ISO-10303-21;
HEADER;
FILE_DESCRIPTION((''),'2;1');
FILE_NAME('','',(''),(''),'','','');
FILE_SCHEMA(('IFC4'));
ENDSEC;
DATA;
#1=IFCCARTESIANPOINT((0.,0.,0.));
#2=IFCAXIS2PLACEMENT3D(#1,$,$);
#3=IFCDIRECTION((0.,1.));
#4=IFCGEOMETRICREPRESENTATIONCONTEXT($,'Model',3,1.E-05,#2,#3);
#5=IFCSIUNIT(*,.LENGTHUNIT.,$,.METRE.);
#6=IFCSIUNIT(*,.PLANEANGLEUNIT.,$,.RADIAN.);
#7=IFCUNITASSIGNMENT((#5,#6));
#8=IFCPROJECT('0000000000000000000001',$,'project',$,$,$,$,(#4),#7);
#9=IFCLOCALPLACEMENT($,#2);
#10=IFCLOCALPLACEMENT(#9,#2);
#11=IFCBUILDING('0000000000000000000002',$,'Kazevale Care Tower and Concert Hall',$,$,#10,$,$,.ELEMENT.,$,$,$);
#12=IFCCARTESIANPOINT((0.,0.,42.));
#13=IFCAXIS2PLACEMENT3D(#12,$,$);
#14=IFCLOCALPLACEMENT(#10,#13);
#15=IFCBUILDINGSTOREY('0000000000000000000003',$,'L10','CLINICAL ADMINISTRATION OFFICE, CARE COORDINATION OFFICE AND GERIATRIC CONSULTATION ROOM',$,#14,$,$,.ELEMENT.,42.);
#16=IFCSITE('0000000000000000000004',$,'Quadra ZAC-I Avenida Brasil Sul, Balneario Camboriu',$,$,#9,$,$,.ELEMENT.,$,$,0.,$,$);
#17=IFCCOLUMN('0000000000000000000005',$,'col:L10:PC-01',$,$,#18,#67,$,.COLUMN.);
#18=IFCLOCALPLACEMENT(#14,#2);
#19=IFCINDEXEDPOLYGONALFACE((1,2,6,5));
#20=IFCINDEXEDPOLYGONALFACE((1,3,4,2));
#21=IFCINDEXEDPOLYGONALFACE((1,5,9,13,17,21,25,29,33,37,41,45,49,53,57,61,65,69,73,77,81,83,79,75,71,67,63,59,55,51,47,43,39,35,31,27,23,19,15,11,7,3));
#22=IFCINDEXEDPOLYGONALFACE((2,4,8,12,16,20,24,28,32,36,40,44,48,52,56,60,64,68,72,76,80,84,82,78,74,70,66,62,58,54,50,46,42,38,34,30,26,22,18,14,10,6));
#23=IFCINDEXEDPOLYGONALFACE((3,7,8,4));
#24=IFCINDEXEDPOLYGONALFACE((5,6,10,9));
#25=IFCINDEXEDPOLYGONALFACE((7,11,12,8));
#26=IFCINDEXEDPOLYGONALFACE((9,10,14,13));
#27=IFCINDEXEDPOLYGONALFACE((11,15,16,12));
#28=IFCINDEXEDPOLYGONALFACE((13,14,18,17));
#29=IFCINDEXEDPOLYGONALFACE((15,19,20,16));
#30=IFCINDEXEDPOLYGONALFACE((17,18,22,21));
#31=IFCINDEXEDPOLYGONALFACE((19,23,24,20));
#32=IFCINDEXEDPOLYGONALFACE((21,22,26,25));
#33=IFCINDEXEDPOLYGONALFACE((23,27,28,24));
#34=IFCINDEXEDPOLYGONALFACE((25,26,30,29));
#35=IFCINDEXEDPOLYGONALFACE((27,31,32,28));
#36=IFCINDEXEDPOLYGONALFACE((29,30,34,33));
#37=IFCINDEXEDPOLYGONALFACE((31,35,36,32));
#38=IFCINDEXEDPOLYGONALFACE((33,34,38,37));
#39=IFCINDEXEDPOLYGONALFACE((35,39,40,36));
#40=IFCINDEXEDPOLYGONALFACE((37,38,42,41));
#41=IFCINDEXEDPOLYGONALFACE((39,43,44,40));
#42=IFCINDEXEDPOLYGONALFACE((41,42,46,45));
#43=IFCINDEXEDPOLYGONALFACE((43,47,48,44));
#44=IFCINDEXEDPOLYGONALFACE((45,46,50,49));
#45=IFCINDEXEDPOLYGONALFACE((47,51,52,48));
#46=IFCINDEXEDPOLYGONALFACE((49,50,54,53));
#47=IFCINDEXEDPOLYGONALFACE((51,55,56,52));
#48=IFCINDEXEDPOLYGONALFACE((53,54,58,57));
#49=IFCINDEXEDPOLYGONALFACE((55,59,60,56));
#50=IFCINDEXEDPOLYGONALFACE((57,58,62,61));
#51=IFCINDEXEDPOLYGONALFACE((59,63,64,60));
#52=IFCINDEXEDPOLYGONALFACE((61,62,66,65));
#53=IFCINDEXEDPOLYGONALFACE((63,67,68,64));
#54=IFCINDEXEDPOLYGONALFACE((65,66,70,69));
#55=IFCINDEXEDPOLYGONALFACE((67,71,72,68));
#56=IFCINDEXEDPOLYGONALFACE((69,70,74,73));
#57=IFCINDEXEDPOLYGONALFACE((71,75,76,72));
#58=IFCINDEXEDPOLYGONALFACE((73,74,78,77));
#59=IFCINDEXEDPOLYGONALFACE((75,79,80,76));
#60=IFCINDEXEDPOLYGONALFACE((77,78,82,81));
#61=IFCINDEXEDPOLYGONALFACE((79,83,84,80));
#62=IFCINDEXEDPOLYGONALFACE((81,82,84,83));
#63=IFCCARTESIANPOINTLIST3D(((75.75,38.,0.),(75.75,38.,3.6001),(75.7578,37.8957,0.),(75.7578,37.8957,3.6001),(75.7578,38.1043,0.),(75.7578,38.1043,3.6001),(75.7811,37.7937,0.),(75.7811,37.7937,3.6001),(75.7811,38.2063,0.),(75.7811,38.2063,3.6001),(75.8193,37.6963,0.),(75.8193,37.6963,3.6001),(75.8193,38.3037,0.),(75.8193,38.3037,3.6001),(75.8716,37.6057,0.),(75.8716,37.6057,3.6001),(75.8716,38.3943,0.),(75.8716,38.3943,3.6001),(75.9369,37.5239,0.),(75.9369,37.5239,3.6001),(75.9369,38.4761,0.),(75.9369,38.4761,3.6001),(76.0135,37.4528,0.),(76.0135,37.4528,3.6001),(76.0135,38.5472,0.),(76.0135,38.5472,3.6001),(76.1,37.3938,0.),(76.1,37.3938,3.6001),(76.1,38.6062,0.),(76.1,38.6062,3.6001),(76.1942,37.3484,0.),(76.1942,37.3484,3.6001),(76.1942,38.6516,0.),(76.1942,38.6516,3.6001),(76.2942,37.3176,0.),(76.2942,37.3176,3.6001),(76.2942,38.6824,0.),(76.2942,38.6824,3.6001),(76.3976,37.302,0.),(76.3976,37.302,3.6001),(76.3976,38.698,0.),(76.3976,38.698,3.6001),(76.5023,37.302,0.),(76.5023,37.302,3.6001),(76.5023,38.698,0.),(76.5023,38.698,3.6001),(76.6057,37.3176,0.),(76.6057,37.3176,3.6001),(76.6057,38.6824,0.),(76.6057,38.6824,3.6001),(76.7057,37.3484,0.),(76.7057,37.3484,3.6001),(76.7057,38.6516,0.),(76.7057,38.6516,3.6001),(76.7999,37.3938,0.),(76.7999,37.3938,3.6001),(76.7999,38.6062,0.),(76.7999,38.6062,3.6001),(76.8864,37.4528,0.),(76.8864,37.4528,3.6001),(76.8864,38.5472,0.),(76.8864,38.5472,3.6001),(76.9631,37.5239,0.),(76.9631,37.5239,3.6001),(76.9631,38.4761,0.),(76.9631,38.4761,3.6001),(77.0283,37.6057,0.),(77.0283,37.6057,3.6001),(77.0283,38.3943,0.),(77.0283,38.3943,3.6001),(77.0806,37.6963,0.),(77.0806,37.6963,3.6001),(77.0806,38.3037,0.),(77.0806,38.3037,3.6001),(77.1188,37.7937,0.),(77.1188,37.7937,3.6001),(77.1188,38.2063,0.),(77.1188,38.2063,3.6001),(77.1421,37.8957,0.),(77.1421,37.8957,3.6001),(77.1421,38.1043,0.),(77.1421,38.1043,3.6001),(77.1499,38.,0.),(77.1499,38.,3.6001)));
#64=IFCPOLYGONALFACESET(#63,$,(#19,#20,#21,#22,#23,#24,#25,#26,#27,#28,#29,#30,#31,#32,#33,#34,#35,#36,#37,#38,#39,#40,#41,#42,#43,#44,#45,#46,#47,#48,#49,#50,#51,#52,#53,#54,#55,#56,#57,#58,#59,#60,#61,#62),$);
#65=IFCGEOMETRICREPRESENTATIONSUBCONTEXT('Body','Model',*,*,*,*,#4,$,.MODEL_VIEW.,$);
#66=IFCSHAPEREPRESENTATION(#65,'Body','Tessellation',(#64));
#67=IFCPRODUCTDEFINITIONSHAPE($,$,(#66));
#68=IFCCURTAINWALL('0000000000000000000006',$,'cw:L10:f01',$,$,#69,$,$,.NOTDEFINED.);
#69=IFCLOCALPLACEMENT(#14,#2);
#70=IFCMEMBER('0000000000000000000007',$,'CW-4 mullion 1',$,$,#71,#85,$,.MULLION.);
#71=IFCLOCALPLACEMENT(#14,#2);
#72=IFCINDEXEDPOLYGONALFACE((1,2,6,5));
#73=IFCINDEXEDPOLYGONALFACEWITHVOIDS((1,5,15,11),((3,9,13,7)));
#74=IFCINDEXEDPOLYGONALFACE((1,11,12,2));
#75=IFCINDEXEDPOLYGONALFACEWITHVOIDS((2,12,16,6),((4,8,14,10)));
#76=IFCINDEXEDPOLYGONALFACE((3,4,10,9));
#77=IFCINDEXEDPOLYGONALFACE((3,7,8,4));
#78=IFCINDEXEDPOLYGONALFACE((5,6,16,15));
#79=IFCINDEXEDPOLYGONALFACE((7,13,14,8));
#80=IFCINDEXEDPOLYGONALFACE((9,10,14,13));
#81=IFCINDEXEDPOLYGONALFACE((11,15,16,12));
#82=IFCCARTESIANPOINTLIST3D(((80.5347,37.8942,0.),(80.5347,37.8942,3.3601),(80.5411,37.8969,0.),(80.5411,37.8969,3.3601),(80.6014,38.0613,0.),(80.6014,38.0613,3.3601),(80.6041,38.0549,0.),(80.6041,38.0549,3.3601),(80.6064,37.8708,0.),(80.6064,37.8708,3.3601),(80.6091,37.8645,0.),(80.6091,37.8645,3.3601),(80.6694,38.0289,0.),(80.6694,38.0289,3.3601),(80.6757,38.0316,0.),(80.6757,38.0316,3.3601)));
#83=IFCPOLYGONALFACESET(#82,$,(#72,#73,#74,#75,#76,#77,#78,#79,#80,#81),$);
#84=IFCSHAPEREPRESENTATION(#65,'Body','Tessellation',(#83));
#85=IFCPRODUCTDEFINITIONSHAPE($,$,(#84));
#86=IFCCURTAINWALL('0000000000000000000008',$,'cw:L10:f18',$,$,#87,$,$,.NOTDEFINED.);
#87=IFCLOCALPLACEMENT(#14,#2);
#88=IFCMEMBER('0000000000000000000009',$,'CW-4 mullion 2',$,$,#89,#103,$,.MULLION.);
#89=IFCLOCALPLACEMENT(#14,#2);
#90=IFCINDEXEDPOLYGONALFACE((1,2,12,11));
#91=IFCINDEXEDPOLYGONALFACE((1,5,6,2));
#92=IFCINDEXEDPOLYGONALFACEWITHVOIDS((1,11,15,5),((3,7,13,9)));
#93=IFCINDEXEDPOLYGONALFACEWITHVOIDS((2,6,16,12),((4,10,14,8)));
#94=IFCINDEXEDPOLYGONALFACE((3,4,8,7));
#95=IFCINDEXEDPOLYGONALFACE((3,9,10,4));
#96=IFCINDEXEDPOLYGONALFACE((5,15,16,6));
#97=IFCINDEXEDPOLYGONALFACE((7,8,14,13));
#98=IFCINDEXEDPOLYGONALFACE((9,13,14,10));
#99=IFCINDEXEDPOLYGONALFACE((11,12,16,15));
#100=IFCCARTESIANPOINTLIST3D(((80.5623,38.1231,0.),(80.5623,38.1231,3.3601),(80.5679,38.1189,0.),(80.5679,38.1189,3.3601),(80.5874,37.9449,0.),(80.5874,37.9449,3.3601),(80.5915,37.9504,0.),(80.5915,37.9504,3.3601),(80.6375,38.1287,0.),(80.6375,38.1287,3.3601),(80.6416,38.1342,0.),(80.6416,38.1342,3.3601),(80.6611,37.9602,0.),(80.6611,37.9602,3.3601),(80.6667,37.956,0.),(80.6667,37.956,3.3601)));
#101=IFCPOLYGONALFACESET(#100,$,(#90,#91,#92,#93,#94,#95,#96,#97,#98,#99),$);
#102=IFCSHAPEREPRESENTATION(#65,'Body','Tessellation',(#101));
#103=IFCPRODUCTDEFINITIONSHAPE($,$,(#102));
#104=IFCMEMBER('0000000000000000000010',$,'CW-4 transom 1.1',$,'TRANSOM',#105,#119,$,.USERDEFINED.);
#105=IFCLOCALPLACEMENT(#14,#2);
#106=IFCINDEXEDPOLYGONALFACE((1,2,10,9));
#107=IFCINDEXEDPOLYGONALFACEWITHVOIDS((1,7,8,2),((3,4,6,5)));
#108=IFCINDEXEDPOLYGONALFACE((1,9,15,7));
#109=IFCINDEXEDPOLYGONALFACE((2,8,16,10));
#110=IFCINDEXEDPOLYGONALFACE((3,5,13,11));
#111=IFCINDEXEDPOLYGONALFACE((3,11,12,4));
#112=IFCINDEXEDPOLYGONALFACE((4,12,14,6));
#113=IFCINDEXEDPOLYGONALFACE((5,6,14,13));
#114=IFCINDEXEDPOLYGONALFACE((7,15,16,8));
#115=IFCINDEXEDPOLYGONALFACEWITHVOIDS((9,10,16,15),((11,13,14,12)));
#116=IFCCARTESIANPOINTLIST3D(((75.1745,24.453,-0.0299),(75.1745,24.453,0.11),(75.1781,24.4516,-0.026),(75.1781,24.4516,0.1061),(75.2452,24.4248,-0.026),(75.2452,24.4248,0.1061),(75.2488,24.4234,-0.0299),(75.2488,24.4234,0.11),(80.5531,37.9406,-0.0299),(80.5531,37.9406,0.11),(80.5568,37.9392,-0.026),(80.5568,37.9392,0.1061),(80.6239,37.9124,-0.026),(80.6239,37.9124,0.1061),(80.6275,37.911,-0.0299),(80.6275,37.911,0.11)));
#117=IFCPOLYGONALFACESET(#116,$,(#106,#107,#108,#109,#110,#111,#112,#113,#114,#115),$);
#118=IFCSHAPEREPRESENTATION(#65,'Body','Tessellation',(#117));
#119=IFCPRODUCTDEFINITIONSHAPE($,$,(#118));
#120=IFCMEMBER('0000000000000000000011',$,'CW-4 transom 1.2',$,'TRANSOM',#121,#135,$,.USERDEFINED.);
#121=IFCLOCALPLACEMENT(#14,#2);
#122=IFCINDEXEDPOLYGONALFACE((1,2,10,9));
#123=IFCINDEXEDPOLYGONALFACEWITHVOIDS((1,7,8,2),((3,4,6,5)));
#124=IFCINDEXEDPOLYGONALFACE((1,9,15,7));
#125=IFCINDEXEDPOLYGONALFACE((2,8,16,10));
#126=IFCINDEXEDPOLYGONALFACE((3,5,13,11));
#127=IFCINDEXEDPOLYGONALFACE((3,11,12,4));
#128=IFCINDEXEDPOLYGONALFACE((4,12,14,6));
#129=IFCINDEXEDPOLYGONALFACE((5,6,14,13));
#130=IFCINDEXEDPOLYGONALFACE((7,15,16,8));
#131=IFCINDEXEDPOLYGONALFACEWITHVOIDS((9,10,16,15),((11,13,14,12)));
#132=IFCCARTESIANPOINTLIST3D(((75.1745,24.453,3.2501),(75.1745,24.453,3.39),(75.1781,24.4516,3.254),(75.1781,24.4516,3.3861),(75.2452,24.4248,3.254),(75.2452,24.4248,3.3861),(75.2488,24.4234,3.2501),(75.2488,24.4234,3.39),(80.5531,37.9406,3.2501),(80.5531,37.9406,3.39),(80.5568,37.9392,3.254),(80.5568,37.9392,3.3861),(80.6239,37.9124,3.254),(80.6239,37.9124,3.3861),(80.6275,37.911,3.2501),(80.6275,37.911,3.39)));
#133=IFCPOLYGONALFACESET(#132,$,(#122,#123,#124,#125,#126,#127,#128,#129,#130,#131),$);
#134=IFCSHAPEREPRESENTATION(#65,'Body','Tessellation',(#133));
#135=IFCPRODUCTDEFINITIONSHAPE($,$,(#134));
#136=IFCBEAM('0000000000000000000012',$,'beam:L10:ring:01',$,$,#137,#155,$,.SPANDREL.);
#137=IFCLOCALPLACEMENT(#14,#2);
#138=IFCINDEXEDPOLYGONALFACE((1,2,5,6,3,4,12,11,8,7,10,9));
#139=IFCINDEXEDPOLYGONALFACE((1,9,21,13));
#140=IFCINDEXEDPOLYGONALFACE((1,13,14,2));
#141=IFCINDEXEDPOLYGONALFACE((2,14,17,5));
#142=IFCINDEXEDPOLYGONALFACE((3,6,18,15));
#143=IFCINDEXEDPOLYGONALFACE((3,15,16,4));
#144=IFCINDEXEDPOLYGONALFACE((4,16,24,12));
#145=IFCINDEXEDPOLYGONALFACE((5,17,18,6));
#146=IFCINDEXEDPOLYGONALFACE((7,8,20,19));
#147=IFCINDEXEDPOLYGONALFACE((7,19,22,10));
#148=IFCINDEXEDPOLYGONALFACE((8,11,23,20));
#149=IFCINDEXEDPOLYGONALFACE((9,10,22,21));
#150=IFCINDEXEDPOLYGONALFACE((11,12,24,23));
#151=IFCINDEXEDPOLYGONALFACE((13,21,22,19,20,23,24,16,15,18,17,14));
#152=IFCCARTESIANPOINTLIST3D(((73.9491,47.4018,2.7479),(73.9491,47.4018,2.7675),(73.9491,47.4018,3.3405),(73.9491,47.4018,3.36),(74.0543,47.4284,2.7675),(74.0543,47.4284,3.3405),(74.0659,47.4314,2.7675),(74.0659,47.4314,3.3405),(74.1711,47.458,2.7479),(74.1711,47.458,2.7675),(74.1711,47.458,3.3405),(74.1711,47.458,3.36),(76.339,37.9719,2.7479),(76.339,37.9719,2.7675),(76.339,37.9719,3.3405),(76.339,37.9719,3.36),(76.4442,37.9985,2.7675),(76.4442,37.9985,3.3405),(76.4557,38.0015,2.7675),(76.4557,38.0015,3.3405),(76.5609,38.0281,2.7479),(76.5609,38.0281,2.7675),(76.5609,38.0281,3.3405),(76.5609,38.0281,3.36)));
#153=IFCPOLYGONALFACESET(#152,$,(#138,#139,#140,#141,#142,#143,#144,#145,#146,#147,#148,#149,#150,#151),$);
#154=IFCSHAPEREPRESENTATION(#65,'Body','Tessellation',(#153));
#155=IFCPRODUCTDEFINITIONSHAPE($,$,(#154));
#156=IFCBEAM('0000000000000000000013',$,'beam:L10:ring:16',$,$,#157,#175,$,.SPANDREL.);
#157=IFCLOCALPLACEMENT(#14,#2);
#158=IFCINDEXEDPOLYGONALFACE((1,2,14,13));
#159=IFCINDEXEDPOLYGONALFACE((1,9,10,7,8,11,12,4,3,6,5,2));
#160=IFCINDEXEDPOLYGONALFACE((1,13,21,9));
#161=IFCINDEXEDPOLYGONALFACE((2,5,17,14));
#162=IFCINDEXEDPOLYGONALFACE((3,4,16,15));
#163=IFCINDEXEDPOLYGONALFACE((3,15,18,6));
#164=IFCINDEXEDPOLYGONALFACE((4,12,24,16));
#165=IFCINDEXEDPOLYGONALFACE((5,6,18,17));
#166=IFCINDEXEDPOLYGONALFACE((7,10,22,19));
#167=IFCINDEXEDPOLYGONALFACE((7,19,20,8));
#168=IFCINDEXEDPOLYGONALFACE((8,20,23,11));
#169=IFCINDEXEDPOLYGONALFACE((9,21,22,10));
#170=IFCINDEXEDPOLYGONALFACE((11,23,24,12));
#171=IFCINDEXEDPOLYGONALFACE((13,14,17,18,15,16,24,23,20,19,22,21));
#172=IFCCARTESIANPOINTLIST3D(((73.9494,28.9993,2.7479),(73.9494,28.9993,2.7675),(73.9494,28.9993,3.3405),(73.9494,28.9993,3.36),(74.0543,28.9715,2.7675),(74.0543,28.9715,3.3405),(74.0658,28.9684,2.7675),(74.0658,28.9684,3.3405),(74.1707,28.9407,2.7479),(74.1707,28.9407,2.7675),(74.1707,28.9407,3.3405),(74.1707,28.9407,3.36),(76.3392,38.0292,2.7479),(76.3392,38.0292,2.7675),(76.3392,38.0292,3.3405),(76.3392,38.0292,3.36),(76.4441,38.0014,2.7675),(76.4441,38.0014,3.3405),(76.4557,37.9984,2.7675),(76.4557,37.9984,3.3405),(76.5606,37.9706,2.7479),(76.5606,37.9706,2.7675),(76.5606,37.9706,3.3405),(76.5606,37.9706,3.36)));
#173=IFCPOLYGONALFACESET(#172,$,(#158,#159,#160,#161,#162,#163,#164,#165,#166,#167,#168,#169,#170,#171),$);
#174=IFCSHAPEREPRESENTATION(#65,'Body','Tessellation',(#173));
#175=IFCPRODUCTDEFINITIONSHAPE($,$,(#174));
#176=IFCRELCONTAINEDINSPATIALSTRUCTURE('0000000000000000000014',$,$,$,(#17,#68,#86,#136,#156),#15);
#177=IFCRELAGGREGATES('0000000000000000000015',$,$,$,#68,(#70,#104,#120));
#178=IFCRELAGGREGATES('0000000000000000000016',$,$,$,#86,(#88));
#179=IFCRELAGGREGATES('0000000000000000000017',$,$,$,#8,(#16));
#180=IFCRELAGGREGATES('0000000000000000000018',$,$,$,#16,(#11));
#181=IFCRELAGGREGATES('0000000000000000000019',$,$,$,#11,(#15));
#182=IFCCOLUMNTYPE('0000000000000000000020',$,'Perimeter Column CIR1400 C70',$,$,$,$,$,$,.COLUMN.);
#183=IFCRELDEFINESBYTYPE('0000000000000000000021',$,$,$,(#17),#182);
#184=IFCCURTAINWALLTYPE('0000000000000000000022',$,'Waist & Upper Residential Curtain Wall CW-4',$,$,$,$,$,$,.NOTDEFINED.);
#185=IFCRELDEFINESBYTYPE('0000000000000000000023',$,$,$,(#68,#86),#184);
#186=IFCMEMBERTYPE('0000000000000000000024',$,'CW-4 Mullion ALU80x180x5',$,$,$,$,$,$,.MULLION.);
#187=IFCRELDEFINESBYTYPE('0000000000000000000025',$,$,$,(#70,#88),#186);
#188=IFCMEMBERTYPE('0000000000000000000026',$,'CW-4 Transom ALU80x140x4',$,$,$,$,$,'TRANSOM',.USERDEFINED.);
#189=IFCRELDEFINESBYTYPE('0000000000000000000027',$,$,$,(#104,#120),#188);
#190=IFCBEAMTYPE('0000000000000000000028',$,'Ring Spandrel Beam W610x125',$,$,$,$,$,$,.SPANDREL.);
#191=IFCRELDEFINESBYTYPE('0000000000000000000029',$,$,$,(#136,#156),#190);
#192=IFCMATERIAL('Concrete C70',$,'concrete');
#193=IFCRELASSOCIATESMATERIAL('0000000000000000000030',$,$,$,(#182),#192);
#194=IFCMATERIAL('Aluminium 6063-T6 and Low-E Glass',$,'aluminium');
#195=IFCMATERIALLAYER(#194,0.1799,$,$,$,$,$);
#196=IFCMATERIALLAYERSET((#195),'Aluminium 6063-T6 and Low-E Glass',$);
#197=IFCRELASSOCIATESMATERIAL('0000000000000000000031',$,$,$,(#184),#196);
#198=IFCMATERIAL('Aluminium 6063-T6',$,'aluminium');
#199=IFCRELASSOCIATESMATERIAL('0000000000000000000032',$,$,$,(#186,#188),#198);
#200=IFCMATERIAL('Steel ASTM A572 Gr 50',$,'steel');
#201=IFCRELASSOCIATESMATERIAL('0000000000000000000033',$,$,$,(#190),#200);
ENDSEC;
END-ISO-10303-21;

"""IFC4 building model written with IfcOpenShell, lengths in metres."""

from ifc_helpers import new_model, si_unit, direction, frame, origin, origin_2d, place, context, subcontext, project, spatial, hollow_rectangle, circle, i_section, extrude, material, layer, layer_set, material_profile, profile_set, type_object, element, aggregate, save


model = new_model("IFC4")

# Units and contexts
model_context = context("Model", 3, precision=1e-05, world=origin(), true_north=direction((0.0, 1.0)))
body_context = subcontext(model_context, "Body", "Model", "MODEL_VIEW")
ifc_project = project(units=[si_unit("LENGTHUNIT", "METRE"), si_unit("PLANEANGLEUNIT", "RADIAN")], contexts=[model_context])

# Site, building, storey
site_placement = place(None, origin())
site = spatial("IfcSite", under=ifc_project, at=site_placement, Name="Quadra ZAC-I Avenida Brasil Sul, Balneario Camboriu", CompositionType="ELEMENT", RefElevation=0.0)
building_placement = place(site_placement, origin())
building = spatial("IfcBuilding", under=site, at=building_placement, Name="Kazevale Care Tower and Concert Hall", CompositionType="ELEMENT")
storey_placement = place(building_placement, frame((0.0, 0.0, 42.0)))
storey = spatial("IfcBuildingStorey", under=building, at=storey_placement, Name="L10", Description="CLINICAL ADMINISTRATION OFFICE, CARE COORDINATION OFFICE AND GERIATRIC CONSULTATION ROOM", CompositionType="ELEMENT", Elevation=42.0)

# Column
ifc_material_1 = material(Name="Concrete C70", Category="concrete")
ifc_material_profile_1 = material_profile(ifc_material_1, circle(Radius=0.7, at=origin_2d()), Name="RC-CIR1400")
ifc_profile_set_1 = profile_set([ifc_material_profile_1], Name="Concrete C70")
column_type = type_object("IfcColumnType", Name="Perimeter Column CIR1400 C70", PredefinedType="COLUMN", material=ifc_profile_set_1)
column_placement = place(storey_placement, frame((76.45, 38.0, 0.0), z_axis=(0.0, 0.0, 1.0), x_axis=(1.0, 0.0, 0.0)))
element("IfcColumn", 1, at=column_placement, inside=storey, type_object=column_type, Name="col:L10:PC-01", PredefinedType="COLUMN", context=body_context, shape_type="SweptSolid", body=[
    extrude(circle(Radius=0.7, at=origin_2d()), origin(), (0.0, 0.0, 1.0), 3.6001),
])

# Curtain walls, members
ifc_material_2 = material(Name="Aluminium 6063-T6 and Low-E Glass", Category="aluminium")
ifc_layer_1 = layer(ifc_material_2, 0.1799)
ifc_layer_set_1 = layer_set([ifc_layer_1], Name="Aluminium 6063-T6 and Low-E Glass")
curtain_wall_type = type_object("IfcCurtainWallType", Name="Waist & Upper Residential Curtain Wall CW-4", PredefinedType="NOTDEFINED", material=ifc_layer_set_1)
curtain_wall_1_placement = place(storey_placement, origin())
curtain_wall_1 = element("IfcCurtainWall", 2, at=curtain_wall_1_placement, inside=storey, type_object=curtain_wall_type, Name="cw:L10:f01", PredefinedType="NOTDEFINED")
ifc_material_3 = material(Name="Aluminium 6063-T6", Category="aluminium")
ifc_material_profile_2 = material_profile(ifc_material_3, hollow_rectangle(XDim=0.0801, YDim=0.1799, WallThickness=0.0049, at=origin_2d()), Name="ALU80x180x5")
ifc_profile_set_2 = profile_set([ifc_material_profile_2], Name="Aluminium 6063-T6")
member_type_1 = type_object("IfcMemberType", Name="CW-4 Mullion ALU80x180x5", PredefinedType="MULLION", material=ifc_profile_set_2)
member_1_placement = place(storey_placement, frame((80.6052, 37.9629, 0.0), z_axis=(0.0, 0.0, 1.0), x_axis=(0.928861, -0.370427, 0.0)))
member_1 = element("IfcMember", 3, at=member_1_placement, type_object=member_type_1, Name="CW-4 mullion 1", PredefinedType="MULLION", context=body_context, shape_type="SweptSolid", body=[
    extrude(hollow_rectangle(XDim=0.0801, YDim=0.1799, WallThickness=0.0049, at=origin_2d()), origin(), (0.0, 0.0, 1.0), 3.3601),
])
curtain_wall_2_placement = place(storey_placement, origin())
curtain_wall_2 = element("IfcCurtainWall", 4, at=curtain_wall_2_placement, inside=storey, type_object=curtain_wall_type, Name="cw:L10:f18", PredefinedType="NOTDEFINED")
member_2_placement = place(storey_placement, frame((80.6145, 38.0396, 0.0), z_axis=(0.0, 0.0, 1.0), x_axis=(0.990295, 0.138978, 0.0)))
member_2 = element("IfcMember", 5, at=member_2_placement, type_object=member_type_1, Name="CW-4 mullion 2", PredefinedType="MULLION", context=body_context, shape_type="SweptSolid", body=[
    extrude(hollow_rectangle(XDim=0.0801, YDim=0.1799, WallThickness=0.0049, at=origin_2d()), origin(), (0.0, 0.0, 1.0), 3.3601),
])

# Members
ifc_material_profile_3 = material_profile(ifc_material_3, hollow_rectangle(XDim=0.0801, YDim=0.1399, WallThickness=0.0039, at=origin_2d()), Name="ALU80x140x4")
ifc_profile_set_3 = profile_set([ifc_material_profile_3], Name="Aluminium 6063-T6")
member_type_2 = type_object("IfcMemberType", Name="CW-4 Transom ALU80x140x4", ElementType="TRANSOM", PredefinedType="USERDEFINED", material=ifc_profile_set_3)
member_3_placement = place(storey_placement, frame((80.5903, 37.9258, 0.04), z_axis=(-0.370419, -0.928865, 0.0), x_axis=(0.928865, -0.370419, 0.0)))
member_3 = element("IfcMember", 6, at=member_3_placement, type_object=member_type_2, Name="CW-4 transom 1.1", ObjectType="TRANSOM", PredefinedType="USERDEFINED", context=body_context, shape_type="SweptSolid", body=[
    extrude(hollow_rectangle(XDim=0.0801, YDim=0.1399, WallThickness=0.0039, at=origin_2d()), origin(), (0.0, 0.0, 1.0), 14.5205),
])
member_4_placement = place(storey_placement, frame((80.5903, 37.9258, 3.3201), z_axis=(-0.370419, -0.928865, 0.0), x_axis=(0.928865, -0.370419, 0.0)))
member_4 = element("IfcMember", 7, at=member_4_placement, type_object=member_type_2, Name="CW-4 transom 1.2", ObjectType="TRANSOM", PredefinedType="USERDEFINED", context=body_context, shape_type="SweptSolid", body=[
    extrude(hollow_rectangle(XDim=0.0801, YDim=0.1399, WallThickness=0.0039, at=origin_2d()), origin(), (0.0, 0.0, 1.0), 14.5205),
])

# Beams
ifc_material_4 = material(Name="Steel ASTM A572 Gr 50", Category="steel")
ifc_material_profile_4 = material_profile(ifc_material_4, i_section(OverallWidth=0.229, OverallDepth=0.6121, WebThickness=0.012, FlangeThickness=0.0195, at=origin_2d()), Name="W610x125")
ifc_profile_set_4 = profile_set([ifc_material_profile_4], Name="Steel ASTM A572 Gr 50")
beam_type_1 = type_object("IfcBeamType", Name="Ring Spandrel Beam W610x125", PredefinedType="SPANDREL", material=ifc_profile_set_4)
beam_1_placement = place(storey_placement, frame((76.45, 38.0, 3.054), z_axis=(-0.24567, 0.969354, 0.0), x_axis=(-0.969354, -0.24567, 0.0)))
element("IfcBeam", 8, at=beam_1_placement, inside=storey, type_object=beam_type_1, Name="beam:L10:ring:01", PredefinedType="SPANDREL", context=body_context, shape_type="SweptSolid", body=[
    extrude(i_section(OverallWidth=0.229, OverallDepth=0.6121, WebThickness=0.012, FlangeThickness=0.0195, at=origin_2d()), origin(), (0.0, 0.0, 1.0), 9.728),
])
beam_2_placement = place(storey_placement, frame((74.0601, 28.97, 3.054), z_axis=(0.255852, 0.966716, 0.0), x_axis=(-0.966716, 0.255852, 0.0)))
element("IfcBeam", 9, at=beam_2_placement, inside=storey, type_object=beam_type_1, Name="beam:L10:ring:16", PredefinedType="SPANDREL", context=body_context, shape_type="SweptSolid", body=[
    extrude(i_section(OverallWidth=0.229, OverallDepth=0.6121, WebThickness=0.012, FlangeThickness=0.0195, at=origin_2d()), origin(), (0.0, 0.0, 1.0), 9.3408),
])

aggregate(curtain_wall_1, [member_1, member_3, member_4])
aggregate(curtain_wall_2, [member_2])

save(model, "model.ifc")
